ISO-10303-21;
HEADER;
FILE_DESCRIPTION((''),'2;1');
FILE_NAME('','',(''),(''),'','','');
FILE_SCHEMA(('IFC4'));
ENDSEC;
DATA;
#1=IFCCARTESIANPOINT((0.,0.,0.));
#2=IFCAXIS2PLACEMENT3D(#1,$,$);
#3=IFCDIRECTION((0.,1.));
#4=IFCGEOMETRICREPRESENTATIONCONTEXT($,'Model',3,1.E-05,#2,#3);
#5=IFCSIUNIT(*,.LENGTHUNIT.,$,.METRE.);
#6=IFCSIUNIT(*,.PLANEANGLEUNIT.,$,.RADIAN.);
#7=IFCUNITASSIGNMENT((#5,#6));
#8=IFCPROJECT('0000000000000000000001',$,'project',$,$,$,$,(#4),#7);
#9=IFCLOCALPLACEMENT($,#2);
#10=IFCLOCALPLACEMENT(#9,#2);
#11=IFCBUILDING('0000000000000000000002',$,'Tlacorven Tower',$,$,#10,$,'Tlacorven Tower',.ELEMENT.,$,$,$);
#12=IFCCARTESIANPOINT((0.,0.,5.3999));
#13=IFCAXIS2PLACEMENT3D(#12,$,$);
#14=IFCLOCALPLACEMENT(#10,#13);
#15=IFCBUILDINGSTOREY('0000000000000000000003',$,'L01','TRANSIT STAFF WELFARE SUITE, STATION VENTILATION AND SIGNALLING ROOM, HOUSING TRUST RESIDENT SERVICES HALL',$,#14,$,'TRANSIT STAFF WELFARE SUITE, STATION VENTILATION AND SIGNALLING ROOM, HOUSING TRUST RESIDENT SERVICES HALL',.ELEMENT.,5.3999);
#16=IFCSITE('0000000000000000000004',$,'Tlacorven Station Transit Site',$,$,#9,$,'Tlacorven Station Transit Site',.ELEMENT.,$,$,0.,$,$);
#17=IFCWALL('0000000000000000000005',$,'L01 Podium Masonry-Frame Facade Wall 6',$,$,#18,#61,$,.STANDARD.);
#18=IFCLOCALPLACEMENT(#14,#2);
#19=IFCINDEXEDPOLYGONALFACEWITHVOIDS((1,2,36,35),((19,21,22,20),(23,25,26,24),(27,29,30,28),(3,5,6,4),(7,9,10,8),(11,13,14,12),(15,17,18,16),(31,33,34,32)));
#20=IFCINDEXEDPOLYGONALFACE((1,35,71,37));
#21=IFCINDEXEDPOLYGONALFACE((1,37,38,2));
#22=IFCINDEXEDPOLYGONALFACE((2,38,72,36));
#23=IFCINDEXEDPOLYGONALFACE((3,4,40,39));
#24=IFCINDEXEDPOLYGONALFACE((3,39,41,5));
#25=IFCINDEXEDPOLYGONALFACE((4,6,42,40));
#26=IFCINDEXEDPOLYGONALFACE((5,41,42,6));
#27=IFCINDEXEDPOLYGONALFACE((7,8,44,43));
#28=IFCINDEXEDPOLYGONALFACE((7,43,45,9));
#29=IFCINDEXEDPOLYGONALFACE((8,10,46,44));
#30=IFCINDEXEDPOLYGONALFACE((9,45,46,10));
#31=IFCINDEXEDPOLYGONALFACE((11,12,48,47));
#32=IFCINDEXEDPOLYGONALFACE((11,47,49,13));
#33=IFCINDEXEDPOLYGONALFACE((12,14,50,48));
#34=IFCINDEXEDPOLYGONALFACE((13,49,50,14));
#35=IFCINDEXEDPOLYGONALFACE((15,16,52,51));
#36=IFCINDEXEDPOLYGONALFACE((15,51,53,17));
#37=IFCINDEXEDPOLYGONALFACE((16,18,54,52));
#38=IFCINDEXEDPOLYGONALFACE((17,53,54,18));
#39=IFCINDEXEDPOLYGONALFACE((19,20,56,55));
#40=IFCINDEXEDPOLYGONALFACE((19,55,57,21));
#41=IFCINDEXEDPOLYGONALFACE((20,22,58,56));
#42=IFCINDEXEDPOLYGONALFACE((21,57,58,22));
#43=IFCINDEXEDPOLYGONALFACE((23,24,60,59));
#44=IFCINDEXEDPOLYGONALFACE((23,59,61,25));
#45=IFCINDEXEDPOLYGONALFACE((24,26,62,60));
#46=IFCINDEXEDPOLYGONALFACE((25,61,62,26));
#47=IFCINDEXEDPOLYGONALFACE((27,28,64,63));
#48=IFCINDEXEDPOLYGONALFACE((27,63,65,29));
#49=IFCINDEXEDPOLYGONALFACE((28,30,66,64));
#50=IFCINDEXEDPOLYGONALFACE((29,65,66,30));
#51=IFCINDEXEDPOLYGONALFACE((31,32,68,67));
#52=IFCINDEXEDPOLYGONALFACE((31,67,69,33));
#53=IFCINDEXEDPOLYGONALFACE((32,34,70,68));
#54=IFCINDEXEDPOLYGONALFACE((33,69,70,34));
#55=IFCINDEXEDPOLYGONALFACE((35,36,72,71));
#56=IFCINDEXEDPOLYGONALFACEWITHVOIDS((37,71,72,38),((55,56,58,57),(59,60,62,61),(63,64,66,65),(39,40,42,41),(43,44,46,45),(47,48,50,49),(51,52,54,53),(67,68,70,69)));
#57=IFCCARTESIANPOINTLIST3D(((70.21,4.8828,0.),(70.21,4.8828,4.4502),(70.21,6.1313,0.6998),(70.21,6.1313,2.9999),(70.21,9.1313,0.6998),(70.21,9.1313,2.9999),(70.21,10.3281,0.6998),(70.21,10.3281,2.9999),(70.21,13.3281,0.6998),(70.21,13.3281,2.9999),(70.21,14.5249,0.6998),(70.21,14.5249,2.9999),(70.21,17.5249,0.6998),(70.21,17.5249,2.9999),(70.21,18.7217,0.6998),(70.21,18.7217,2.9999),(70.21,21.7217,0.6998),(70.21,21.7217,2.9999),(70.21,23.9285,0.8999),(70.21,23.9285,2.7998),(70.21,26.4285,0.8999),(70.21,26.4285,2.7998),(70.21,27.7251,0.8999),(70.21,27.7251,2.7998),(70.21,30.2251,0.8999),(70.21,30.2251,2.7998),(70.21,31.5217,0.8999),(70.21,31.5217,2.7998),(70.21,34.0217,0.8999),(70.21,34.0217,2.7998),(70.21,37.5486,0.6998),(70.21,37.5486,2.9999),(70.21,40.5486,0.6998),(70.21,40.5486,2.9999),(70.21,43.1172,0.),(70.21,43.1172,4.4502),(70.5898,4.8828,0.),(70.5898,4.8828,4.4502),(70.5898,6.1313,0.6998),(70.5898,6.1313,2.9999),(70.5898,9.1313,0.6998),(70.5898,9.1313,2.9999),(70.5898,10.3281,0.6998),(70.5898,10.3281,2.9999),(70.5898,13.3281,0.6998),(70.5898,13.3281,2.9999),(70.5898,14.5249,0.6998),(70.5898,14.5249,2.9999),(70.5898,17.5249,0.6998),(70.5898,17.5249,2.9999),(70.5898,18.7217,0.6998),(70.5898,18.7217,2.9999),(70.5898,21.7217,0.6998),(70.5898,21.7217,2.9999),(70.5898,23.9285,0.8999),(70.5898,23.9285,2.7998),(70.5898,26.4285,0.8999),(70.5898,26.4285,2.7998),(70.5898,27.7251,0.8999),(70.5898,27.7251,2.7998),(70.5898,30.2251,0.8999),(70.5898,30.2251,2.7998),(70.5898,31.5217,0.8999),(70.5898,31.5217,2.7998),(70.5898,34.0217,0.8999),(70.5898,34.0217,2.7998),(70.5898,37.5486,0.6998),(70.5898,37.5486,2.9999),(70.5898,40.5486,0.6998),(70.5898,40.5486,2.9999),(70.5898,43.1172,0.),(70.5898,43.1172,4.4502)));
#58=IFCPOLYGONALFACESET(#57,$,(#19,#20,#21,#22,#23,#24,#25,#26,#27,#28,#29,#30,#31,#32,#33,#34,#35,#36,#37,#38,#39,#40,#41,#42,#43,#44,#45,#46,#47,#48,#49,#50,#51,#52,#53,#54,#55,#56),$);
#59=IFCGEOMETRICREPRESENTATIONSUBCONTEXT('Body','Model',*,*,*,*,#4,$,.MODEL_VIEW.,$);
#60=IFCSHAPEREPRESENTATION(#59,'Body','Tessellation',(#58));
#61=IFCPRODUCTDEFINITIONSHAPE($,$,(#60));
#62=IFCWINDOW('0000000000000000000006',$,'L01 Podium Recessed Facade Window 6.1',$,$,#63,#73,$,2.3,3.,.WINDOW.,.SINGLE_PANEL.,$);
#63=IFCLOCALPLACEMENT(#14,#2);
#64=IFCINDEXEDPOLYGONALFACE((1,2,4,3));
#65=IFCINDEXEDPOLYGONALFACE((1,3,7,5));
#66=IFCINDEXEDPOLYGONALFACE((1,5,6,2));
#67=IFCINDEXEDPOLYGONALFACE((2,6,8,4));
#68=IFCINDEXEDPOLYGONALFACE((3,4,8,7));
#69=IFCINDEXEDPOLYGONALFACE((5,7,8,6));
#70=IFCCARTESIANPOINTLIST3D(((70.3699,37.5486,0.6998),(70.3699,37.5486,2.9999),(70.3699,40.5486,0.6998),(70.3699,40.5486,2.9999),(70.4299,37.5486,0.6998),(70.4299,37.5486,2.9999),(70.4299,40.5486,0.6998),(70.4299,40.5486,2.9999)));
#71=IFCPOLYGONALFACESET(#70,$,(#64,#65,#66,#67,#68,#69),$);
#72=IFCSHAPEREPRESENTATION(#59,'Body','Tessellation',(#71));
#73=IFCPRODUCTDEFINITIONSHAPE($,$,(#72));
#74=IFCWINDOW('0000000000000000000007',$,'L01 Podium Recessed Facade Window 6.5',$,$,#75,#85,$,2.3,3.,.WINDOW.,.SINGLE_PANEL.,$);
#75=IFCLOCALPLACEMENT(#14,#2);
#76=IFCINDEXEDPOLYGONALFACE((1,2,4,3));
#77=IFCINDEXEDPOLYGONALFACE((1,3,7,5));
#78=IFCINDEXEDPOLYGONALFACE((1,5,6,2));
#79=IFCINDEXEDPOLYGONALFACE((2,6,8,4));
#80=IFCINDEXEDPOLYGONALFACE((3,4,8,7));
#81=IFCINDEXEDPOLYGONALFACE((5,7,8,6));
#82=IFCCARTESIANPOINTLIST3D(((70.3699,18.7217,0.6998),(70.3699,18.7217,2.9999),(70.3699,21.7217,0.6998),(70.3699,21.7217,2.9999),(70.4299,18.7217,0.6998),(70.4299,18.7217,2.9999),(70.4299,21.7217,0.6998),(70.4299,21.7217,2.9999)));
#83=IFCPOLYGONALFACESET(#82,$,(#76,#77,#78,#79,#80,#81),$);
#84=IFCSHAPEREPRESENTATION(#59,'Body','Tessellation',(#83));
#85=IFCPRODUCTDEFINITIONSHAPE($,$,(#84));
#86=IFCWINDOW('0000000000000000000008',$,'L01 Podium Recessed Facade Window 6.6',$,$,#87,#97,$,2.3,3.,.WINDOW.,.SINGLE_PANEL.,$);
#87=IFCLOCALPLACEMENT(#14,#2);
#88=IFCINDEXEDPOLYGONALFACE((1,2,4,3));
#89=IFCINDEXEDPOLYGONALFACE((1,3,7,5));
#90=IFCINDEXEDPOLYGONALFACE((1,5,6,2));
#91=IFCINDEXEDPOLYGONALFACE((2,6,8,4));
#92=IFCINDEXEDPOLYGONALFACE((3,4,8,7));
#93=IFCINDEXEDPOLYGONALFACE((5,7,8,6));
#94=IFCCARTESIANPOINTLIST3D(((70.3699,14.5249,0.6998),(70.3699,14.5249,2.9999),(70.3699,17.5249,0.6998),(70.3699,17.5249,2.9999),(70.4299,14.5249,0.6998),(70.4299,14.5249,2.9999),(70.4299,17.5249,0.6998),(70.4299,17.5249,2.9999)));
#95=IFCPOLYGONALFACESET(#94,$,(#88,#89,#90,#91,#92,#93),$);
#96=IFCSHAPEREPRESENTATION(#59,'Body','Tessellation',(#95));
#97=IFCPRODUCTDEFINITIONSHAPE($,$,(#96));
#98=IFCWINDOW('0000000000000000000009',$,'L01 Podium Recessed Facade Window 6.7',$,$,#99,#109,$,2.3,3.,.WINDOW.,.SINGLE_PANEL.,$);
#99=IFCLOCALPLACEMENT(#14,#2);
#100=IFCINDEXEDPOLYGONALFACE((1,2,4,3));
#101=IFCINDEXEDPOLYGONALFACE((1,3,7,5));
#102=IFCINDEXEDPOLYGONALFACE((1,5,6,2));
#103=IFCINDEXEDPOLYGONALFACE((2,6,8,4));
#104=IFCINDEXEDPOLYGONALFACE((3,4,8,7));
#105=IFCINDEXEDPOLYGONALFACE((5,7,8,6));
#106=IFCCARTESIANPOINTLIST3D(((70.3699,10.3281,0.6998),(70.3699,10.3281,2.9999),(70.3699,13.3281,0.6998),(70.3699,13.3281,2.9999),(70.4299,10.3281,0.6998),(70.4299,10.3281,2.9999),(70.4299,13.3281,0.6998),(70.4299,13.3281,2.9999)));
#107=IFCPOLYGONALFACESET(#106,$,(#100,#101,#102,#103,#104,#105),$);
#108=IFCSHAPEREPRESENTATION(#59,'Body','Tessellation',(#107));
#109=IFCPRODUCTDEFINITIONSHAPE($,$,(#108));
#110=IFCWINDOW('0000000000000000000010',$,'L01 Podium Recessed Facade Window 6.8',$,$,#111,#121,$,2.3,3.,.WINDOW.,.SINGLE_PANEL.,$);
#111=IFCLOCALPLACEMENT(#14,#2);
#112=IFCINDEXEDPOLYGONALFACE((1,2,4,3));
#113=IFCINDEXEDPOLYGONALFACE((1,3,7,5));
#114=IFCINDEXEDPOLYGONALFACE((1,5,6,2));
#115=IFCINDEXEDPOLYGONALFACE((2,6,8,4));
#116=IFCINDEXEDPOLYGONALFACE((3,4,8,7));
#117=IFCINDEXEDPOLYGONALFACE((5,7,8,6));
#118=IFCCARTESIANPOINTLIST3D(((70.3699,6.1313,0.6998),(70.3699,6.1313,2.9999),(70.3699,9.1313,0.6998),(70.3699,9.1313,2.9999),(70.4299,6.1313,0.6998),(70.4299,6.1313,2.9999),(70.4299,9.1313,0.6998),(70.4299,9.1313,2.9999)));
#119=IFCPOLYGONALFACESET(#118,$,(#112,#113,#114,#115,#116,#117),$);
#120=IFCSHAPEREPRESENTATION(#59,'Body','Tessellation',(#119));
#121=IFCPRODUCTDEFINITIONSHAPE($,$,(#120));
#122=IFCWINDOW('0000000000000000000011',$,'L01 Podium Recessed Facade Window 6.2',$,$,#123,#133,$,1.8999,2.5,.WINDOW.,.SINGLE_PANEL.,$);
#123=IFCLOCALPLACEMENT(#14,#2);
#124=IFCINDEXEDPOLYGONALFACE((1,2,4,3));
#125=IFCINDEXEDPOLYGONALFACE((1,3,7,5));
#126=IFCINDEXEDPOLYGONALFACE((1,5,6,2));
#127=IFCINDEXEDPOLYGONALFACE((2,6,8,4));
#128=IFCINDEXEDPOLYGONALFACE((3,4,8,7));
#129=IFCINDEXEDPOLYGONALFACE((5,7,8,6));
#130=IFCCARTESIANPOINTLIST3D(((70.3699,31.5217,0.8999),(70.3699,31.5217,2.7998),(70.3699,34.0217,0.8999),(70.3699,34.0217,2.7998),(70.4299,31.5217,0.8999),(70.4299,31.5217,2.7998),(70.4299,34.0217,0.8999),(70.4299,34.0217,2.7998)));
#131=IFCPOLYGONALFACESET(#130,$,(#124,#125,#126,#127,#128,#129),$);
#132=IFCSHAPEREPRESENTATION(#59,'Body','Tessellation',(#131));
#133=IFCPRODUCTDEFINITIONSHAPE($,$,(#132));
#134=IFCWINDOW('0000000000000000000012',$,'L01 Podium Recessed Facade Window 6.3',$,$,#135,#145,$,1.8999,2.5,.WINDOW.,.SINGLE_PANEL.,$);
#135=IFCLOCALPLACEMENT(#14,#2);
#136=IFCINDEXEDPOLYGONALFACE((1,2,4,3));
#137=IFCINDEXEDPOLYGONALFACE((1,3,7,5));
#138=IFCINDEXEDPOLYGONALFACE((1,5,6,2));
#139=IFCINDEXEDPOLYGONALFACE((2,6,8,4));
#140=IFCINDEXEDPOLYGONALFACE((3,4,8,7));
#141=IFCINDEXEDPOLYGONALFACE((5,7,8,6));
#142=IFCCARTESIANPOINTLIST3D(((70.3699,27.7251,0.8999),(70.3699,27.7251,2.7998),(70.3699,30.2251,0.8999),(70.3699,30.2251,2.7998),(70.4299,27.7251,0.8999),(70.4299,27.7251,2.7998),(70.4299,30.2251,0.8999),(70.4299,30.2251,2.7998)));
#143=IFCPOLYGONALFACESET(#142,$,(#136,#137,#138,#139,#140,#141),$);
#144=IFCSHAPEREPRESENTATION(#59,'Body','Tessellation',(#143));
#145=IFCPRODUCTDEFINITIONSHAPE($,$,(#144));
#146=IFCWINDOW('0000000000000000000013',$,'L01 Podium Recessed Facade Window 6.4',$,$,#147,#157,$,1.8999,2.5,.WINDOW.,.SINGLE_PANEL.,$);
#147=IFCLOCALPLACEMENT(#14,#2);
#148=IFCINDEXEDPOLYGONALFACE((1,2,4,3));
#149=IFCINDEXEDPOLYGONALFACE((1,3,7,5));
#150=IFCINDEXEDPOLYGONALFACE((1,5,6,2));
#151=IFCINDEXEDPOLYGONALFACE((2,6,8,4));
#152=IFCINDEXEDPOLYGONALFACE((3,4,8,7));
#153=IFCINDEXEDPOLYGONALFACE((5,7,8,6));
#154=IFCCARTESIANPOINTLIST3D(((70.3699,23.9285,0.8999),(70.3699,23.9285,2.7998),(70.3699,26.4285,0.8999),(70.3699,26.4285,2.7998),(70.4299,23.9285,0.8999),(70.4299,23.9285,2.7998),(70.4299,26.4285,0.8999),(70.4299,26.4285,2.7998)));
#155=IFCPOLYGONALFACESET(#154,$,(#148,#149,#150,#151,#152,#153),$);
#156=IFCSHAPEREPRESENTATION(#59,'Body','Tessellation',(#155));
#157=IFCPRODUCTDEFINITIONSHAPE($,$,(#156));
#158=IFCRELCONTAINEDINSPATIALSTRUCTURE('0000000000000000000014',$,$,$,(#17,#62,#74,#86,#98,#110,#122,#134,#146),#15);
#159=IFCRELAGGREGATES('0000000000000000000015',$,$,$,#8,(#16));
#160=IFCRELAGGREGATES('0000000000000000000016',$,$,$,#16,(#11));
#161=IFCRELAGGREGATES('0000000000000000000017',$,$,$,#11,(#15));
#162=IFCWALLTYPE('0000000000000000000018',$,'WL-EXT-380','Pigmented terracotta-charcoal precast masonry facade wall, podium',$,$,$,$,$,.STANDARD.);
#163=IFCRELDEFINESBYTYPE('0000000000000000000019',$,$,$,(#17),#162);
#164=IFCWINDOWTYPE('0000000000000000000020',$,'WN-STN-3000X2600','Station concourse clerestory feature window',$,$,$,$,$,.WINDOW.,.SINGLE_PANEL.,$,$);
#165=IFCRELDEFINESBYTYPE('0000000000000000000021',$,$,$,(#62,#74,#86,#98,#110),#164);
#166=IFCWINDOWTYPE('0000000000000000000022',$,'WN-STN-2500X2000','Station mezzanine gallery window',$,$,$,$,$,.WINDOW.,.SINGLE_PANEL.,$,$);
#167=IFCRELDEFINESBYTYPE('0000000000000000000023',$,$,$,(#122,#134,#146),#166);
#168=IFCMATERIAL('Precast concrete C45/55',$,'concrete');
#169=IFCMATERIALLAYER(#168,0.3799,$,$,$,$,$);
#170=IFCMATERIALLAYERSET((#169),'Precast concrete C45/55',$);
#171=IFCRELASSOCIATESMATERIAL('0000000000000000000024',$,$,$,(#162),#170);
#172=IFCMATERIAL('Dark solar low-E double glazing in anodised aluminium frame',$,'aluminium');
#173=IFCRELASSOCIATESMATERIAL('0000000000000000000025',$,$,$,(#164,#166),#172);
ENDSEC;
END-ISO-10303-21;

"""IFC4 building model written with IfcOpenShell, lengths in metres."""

from ifc_helpers import new_model, si_unit, direction, frame, frame_2d, origin, place, context, subcontext, project, spatial, rectangle, extrude, source, transform, mapped, material, layer, layer_set, type_object, element, fill, save


model = new_model("IFC4")

# Units and contexts
model_context = context("Model", 3, precision=1e-05, world=origin(), true_north=direction((0.0, 1.0)))
body_context = subcontext(model_context, "Body", "Model", "MODEL_VIEW")
ifc_project = project(units=[si_unit("LENGTHUNIT", "METRE"), si_unit("PLANEANGLEUNIT", "RADIAN")], contexts=[model_context])

# Site, building, storey
site_placement = place(None, origin())
site = spatial("IfcSite", under=ifc_project, at=site_placement, Name="Tlacorven Station Transit Site", LongName="Tlacorven Station Transit Site", CompositionType="ELEMENT", RefElevation=0.0)
building_placement = place(site_placement, origin())
building = spatial("IfcBuilding", under=site, at=building_placement, Name="Tlacorven Tower", LongName="Tlacorven Tower", CompositionType="ELEMENT")
storey_placement = place(building_placement, frame((0.0, 0.0, 5.3999)))
storey = spatial("IfcBuildingStorey", under=building, at=storey_placement, Name="L01", Description="TRANSIT STAFF WELFARE SUITE, STATION VENTILATION AND SIGNALLING ROOM, HOUSING TRUST RESIDENT SERVICES HALL", LongName="TRANSIT STAFF WELFARE SUITE, STATION VENTILATION AND SIGNALLING ROOM, HOUSING TRUST RESIDENT SERVICES HALL", CompositionType="ELEMENT", Elevation=5.3999)

# Wall, openings, windows
ifc_material_1 = material(Name="Precast concrete C45/55", Category="concrete")
ifc_layer_1 = layer(ifc_material_1, 0.3799)
ifc_layer_set_1 = layer_set([ifc_layer_1], Name="Precast concrete C45/55")
wall_type_1 = type_object("IfcWallType", Name="WL-EXT-380", Description="Pigmented terracotta-charcoal precast masonry facade wall, podium", PredefinedType="STANDARD", material=ifc_layer_set_1)
wall_1_placement = place(storey_placement, frame((70.3999, 43.1172, 0.0), z_axis=(0.0, 0.0, 1.0), x_axis=(0.0, -1.0, 0.0)))
wall_1 = element("IfcWall", 1, at=wall_1_placement, inside=storey, type_object=wall_type_1, Name="L01 Podium Masonry-Frame Facade Wall 6", PredefinedType="STANDARD", context=body_context, shape_type="SweptSolid", body=[
    extrude(rectangle(XDim=38.2344, YDim=0.3799, at=frame_2d((19.1172, 0.0))), origin(), (0.0, 0.0, 1.0), 4.4502),
])
opening_1_placement = place(wall_1_placement, frame((2.5686, 0.0, 0.7)))
opening_1 = element("IfcOpeningElement", 2, at=opening_1_placement, cuts=wall_1, PredefinedType="OPENING", context=body_context, shape_type="SweptSolid", body=[
    extrude(rectangle(XDim=3.0, YDim=2.3, at=frame_2d((1.5, 1.1499))), frame((0.0, 0.2, 0.0), z_axis=(0.0, -1.0, 0.0), x_axis=(1.0, 0.0, 0.0)), (0.0, 0.0, 1.0), 0.3999),
])
opening_2_placement = place(wall_1_placement, frame((9.0955, 0.0, 0.8999)))
opening_2 = element("IfcOpeningElement", 3, at=opening_2_placement, cuts=wall_1, PredefinedType="OPENING", context=body_context, shape_type="SweptSolid", body=[
    extrude(rectangle(XDim=2.5, YDim=1.8999, at=frame_2d((1.25, 0.95))), frame((0.0, 0.2, 0.0), z_axis=(0.0, -1.0, 0.0), x_axis=(1.0, 0.0, 0.0)), (0.0, 0.0, 1.0), 0.3999),
])
opening_3_placement = place(wall_1_placement, frame((12.8921, 0.0, 0.8999)))
opening_3 = element("IfcOpeningElement", 4, at=opening_3_placement, cuts=wall_1, PredefinedType="OPENING", context=body_context, shape_type="SweptSolid", body=[
    extrude(rectangle(XDim=2.5, YDim=1.8999, at=frame_2d((1.25, 0.95))), frame((0.0, 0.2, 0.0), z_axis=(0.0, -1.0, 0.0), x_axis=(1.0, 0.0, 0.0)), (0.0, 0.0, 1.0), 0.3999),
])
opening_4_placement = place(wall_1_placement, frame((16.6887, 0.0, 0.8999)))
opening_4 = element("IfcOpeningElement", 5, at=opening_4_placement, cuts=wall_1, PredefinedType="OPENING", context=body_context, shape_type="SweptSolid", body=[
    extrude(rectangle(XDim=2.5, YDim=1.8999, at=frame_2d((1.25, 0.95))), frame((0.0, 0.2, 0.0), z_axis=(0.0, -1.0, 0.0), x_axis=(1.0, 0.0, 0.0)), (0.0, 0.0, 1.0), 0.3999),
])
opening_5_placement = place(wall_1_placement, frame((21.3955, 0.0, 0.7)))
opening_5 = element("IfcOpeningElement", 6, at=opening_5_placement, cuts=wall_1, PredefinedType="OPENING", context=body_context, shape_type="SweptSolid", body=[
    extrude(rectangle(XDim=3.0, YDim=2.3, at=frame_2d((1.5, 1.1499))), frame((0.0, 0.2, 0.0), z_axis=(0.0, -1.0, 0.0), x_axis=(1.0, 0.0, 0.0)), (0.0, 0.0, 1.0), 0.3999),
])
opening_6_placement = place(wall_1_placement, frame((25.5923, 0.0, 0.7)))
opening_6 = element("IfcOpeningElement", 7, at=opening_6_placement, cuts=wall_1, PredefinedType="OPENING", context=body_context, shape_type="SweptSolid", body=[
    extrude(rectangle(XDim=3.0, YDim=2.3, at=frame_2d((1.5, 1.1499))), frame((0.0, 0.2, 0.0), z_axis=(0.0, -1.0, 0.0), x_axis=(1.0, 0.0, 0.0)), (0.0, 0.0, 1.0), 0.3999),
])
opening_7_placement = place(wall_1_placement, frame((29.7891, 0.0, 0.7)))
opening_7 = element("IfcOpeningElement", 8, at=opening_7_placement, cuts=wall_1, PredefinedType="OPENING", context=body_context, shape_type="SweptSolid", body=[
    extrude(rectangle(XDim=3.0, YDim=2.3, at=frame_2d((1.5, 1.1499))), frame((0.0, 0.2, 0.0), z_axis=(0.0, -1.0, 0.0), x_axis=(1.0, 0.0, 0.0)), (0.0, 0.0, 1.0), 0.3999),
])
opening_8_placement = place(wall_1_placement, frame((33.9858, 0.0, 0.7)))
opening_8 = element("IfcOpeningElement", 9, at=opening_8_placement, cuts=wall_1, PredefinedType="OPENING", context=body_context, shape_type="SweptSolid", body=[
    extrude(rectangle(XDim=3.0, YDim=2.3, at=frame_2d((1.5, 1.1499))), frame((0.0, 0.2, 0.0), z_axis=(0.0, -1.0, 0.0), x_axis=(1.0, 0.0, 0.0)), (0.0, 0.0, 1.0), 0.3999),
])
ifc_material_2 = material(Name="Dark solar low-E double glazing in anodised aluminium frame", Category="aluminium")
window_type_1 = type_object("IfcWindowType", Name="WN-STN-3000X2600", Description="Station concourse clerestory feature window", PartitioningType="SINGLE_PANEL", PredefinedType="WINDOW", material=ifc_material_2)
shared_shape_1 = source(origin(), body_context, "Body", "SweptSolid", [
    extrude(rectangle(XDim=3.0, YDim=2.3, at=frame_2d((1.5, 1.1499))), frame((0.0, 0.03, 0.0), z_axis=(0.0, -1.0, 0.0), x_axis=(1.0, 0.0, 0.0)), (0.0, 0.0, 1.0), 0.0601),
])
window_1_placement = place(opening_1_placement, origin())
window_1 = element("IfcWindow", 10, at=window_1_placement, inside=storey, type_object=window_type_1, Name="L01 Podium Recessed Facade Window 6.1", OverallHeight=2.3, OverallWidth=3.0, PartitioningType="SINGLE_PANEL", PredefinedType="WINDOW", context=body_context, shape_type="MappedRepresentation", body=[
    mapped(shared_shape_1, transform((0.0, 0.0, 0.0), scale=1.0)),
])
fill(opening_1, window_1)
window_2_placement = place(opening_5_placement, origin())
window_2 = element("IfcWindow", 11, at=window_2_placement, inside=storey, type_object=window_type_1, Name="L01 Podium Recessed Facade Window 6.5", OverallHeight=2.3, OverallWidth=3.0, PartitioningType="SINGLE_PANEL", PredefinedType="WINDOW", context=body_context, shape_type="MappedRepresentation", body=[
    mapped(shared_shape_1, transform((0.0, 0.0, 0.0), scale=1.0)),
])
fill(opening_5, window_2)
window_3_placement = place(opening_6_placement, origin())
window_3 = element("IfcWindow", 12, at=window_3_placement, inside=storey, type_object=window_type_1, Name="L01 Podium Recessed Facade Window 6.6", OverallHeight=2.3, OverallWidth=3.0, PartitioningType="SINGLE_PANEL", PredefinedType="WINDOW", context=body_context, shape_type="MappedRepresentation", body=[
    mapped(shared_shape_1, transform((0.0, 0.0, 0.0), scale=1.0)),
])
fill(opening_6, window_3)
window_4_placement = place(opening_7_placement, origin())
window_4 = element("IfcWindow", 13, at=window_4_placement, inside=storey, type_object=window_type_1, Name="L01 Podium Recessed Facade Window 6.7", OverallHeight=2.3, OverallWidth=3.0, PartitioningType="SINGLE_PANEL", PredefinedType="WINDOW", context=body_context, shape_type="MappedRepresentation", body=[
    mapped(shared_shape_1, transform((0.0, 0.0, 0.0), scale=1.0)),
])
fill(opening_7, window_4)
window_5_placement = place(opening_8_placement, origin())
window_5 = element("IfcWindow", 14, at=window_5_placement, inside=storey, type_object=window_type_1, Name="L01 Podium Recessed Facade Window 6.8", OverallHeight=2.3, OverallWidth=3.0, PartitioningType="SINGLE_PANEL", PredefinedType="WINDOW", context=body_context, shape_type="MappedRepresentation", body=[
    mapped(shared_shape_1, transform((0.0, 0.0, 0.0), scale=1.0)),
])
fill(opening_8, window_5)
window_type_2 = type_object("IfcWindowType", Name="WN-STN-2500X2000", Description="Station mezzanine gallery window", PartitioningType="SINGLE_PANEL", PredefinedType="WINDOW", material=ifc_material_2)
shared_shape_2 = source(origin(), body_context, "Body", "SweptSolid", [
    extrude(rectangle(XDim=2.5, YDim=1.8999, at=frame_2d((1.25, 0.95))), frame((0.0, 0.03, 0.0), z_axis=(0.0, -1.0, 0.0), x_axis=(1.0, 0.0, 0.0)), (0.0, 0.0, 1.0), 0.0601),
])
window_6_placement = place(opening_2_placement, origin())
window_6 = element("IfcWindow", 15, at=window_6_placement, inside=storey, type_object=window_type_2, Name="L01 Podium Recessed Facade Window 6.2", OverallHeight=1.8999, OverallWidth=2.5, PartitioningType="SINGLE_PANEL", PredefinedType="WINDOW", context=body_context, shape_type="MappedRepresentation", body=[
    mapped(shared_shape_2, transform((0.0, 0.0, 0.0), scale=1.0)),
])
fill(opening_2, window_6)
window_7_placement = place(opening_3_placement, origin())
window_7 = element("IfcWindow", 16, at=window_7_placement, inside=storey, type_object=window_type_2, Name="L01 Podium Recessed Facade Window 6.3", OverallHeight=1.8999, OverallWidth=2.5, PartitioningType="SINGLE_PANEL", PredefinedType="WINDOW", context=body_context, shape_type="MappedRepresentation", body=[
    mapped(shared_shape_2, transform((0.0, 0.0, 0.0), scale=1.0)),
])
fill(opening_3, window_7)
window_8_placement = place(opening_4_placement, origin())
window_8 = element("IfcWindow", 17, at=window_8_placement, inside=storey, type_object=window_type_2, Name="L01 Podium Recessed Facade Window 6.4", OverallHeight=1.8999, OverallWidth=2.5, PartitioningType="SINGLE_PANEL", PredefinedType="WINDOW", context=body_context, shape_type="MappedRepresentation", body=[
    mapped(shared_shape_2, transform((0.0, 0.0, 0.0), scale=1.0)),
])
fill(opening_4, window_8)

save(model, "model.ifc")
